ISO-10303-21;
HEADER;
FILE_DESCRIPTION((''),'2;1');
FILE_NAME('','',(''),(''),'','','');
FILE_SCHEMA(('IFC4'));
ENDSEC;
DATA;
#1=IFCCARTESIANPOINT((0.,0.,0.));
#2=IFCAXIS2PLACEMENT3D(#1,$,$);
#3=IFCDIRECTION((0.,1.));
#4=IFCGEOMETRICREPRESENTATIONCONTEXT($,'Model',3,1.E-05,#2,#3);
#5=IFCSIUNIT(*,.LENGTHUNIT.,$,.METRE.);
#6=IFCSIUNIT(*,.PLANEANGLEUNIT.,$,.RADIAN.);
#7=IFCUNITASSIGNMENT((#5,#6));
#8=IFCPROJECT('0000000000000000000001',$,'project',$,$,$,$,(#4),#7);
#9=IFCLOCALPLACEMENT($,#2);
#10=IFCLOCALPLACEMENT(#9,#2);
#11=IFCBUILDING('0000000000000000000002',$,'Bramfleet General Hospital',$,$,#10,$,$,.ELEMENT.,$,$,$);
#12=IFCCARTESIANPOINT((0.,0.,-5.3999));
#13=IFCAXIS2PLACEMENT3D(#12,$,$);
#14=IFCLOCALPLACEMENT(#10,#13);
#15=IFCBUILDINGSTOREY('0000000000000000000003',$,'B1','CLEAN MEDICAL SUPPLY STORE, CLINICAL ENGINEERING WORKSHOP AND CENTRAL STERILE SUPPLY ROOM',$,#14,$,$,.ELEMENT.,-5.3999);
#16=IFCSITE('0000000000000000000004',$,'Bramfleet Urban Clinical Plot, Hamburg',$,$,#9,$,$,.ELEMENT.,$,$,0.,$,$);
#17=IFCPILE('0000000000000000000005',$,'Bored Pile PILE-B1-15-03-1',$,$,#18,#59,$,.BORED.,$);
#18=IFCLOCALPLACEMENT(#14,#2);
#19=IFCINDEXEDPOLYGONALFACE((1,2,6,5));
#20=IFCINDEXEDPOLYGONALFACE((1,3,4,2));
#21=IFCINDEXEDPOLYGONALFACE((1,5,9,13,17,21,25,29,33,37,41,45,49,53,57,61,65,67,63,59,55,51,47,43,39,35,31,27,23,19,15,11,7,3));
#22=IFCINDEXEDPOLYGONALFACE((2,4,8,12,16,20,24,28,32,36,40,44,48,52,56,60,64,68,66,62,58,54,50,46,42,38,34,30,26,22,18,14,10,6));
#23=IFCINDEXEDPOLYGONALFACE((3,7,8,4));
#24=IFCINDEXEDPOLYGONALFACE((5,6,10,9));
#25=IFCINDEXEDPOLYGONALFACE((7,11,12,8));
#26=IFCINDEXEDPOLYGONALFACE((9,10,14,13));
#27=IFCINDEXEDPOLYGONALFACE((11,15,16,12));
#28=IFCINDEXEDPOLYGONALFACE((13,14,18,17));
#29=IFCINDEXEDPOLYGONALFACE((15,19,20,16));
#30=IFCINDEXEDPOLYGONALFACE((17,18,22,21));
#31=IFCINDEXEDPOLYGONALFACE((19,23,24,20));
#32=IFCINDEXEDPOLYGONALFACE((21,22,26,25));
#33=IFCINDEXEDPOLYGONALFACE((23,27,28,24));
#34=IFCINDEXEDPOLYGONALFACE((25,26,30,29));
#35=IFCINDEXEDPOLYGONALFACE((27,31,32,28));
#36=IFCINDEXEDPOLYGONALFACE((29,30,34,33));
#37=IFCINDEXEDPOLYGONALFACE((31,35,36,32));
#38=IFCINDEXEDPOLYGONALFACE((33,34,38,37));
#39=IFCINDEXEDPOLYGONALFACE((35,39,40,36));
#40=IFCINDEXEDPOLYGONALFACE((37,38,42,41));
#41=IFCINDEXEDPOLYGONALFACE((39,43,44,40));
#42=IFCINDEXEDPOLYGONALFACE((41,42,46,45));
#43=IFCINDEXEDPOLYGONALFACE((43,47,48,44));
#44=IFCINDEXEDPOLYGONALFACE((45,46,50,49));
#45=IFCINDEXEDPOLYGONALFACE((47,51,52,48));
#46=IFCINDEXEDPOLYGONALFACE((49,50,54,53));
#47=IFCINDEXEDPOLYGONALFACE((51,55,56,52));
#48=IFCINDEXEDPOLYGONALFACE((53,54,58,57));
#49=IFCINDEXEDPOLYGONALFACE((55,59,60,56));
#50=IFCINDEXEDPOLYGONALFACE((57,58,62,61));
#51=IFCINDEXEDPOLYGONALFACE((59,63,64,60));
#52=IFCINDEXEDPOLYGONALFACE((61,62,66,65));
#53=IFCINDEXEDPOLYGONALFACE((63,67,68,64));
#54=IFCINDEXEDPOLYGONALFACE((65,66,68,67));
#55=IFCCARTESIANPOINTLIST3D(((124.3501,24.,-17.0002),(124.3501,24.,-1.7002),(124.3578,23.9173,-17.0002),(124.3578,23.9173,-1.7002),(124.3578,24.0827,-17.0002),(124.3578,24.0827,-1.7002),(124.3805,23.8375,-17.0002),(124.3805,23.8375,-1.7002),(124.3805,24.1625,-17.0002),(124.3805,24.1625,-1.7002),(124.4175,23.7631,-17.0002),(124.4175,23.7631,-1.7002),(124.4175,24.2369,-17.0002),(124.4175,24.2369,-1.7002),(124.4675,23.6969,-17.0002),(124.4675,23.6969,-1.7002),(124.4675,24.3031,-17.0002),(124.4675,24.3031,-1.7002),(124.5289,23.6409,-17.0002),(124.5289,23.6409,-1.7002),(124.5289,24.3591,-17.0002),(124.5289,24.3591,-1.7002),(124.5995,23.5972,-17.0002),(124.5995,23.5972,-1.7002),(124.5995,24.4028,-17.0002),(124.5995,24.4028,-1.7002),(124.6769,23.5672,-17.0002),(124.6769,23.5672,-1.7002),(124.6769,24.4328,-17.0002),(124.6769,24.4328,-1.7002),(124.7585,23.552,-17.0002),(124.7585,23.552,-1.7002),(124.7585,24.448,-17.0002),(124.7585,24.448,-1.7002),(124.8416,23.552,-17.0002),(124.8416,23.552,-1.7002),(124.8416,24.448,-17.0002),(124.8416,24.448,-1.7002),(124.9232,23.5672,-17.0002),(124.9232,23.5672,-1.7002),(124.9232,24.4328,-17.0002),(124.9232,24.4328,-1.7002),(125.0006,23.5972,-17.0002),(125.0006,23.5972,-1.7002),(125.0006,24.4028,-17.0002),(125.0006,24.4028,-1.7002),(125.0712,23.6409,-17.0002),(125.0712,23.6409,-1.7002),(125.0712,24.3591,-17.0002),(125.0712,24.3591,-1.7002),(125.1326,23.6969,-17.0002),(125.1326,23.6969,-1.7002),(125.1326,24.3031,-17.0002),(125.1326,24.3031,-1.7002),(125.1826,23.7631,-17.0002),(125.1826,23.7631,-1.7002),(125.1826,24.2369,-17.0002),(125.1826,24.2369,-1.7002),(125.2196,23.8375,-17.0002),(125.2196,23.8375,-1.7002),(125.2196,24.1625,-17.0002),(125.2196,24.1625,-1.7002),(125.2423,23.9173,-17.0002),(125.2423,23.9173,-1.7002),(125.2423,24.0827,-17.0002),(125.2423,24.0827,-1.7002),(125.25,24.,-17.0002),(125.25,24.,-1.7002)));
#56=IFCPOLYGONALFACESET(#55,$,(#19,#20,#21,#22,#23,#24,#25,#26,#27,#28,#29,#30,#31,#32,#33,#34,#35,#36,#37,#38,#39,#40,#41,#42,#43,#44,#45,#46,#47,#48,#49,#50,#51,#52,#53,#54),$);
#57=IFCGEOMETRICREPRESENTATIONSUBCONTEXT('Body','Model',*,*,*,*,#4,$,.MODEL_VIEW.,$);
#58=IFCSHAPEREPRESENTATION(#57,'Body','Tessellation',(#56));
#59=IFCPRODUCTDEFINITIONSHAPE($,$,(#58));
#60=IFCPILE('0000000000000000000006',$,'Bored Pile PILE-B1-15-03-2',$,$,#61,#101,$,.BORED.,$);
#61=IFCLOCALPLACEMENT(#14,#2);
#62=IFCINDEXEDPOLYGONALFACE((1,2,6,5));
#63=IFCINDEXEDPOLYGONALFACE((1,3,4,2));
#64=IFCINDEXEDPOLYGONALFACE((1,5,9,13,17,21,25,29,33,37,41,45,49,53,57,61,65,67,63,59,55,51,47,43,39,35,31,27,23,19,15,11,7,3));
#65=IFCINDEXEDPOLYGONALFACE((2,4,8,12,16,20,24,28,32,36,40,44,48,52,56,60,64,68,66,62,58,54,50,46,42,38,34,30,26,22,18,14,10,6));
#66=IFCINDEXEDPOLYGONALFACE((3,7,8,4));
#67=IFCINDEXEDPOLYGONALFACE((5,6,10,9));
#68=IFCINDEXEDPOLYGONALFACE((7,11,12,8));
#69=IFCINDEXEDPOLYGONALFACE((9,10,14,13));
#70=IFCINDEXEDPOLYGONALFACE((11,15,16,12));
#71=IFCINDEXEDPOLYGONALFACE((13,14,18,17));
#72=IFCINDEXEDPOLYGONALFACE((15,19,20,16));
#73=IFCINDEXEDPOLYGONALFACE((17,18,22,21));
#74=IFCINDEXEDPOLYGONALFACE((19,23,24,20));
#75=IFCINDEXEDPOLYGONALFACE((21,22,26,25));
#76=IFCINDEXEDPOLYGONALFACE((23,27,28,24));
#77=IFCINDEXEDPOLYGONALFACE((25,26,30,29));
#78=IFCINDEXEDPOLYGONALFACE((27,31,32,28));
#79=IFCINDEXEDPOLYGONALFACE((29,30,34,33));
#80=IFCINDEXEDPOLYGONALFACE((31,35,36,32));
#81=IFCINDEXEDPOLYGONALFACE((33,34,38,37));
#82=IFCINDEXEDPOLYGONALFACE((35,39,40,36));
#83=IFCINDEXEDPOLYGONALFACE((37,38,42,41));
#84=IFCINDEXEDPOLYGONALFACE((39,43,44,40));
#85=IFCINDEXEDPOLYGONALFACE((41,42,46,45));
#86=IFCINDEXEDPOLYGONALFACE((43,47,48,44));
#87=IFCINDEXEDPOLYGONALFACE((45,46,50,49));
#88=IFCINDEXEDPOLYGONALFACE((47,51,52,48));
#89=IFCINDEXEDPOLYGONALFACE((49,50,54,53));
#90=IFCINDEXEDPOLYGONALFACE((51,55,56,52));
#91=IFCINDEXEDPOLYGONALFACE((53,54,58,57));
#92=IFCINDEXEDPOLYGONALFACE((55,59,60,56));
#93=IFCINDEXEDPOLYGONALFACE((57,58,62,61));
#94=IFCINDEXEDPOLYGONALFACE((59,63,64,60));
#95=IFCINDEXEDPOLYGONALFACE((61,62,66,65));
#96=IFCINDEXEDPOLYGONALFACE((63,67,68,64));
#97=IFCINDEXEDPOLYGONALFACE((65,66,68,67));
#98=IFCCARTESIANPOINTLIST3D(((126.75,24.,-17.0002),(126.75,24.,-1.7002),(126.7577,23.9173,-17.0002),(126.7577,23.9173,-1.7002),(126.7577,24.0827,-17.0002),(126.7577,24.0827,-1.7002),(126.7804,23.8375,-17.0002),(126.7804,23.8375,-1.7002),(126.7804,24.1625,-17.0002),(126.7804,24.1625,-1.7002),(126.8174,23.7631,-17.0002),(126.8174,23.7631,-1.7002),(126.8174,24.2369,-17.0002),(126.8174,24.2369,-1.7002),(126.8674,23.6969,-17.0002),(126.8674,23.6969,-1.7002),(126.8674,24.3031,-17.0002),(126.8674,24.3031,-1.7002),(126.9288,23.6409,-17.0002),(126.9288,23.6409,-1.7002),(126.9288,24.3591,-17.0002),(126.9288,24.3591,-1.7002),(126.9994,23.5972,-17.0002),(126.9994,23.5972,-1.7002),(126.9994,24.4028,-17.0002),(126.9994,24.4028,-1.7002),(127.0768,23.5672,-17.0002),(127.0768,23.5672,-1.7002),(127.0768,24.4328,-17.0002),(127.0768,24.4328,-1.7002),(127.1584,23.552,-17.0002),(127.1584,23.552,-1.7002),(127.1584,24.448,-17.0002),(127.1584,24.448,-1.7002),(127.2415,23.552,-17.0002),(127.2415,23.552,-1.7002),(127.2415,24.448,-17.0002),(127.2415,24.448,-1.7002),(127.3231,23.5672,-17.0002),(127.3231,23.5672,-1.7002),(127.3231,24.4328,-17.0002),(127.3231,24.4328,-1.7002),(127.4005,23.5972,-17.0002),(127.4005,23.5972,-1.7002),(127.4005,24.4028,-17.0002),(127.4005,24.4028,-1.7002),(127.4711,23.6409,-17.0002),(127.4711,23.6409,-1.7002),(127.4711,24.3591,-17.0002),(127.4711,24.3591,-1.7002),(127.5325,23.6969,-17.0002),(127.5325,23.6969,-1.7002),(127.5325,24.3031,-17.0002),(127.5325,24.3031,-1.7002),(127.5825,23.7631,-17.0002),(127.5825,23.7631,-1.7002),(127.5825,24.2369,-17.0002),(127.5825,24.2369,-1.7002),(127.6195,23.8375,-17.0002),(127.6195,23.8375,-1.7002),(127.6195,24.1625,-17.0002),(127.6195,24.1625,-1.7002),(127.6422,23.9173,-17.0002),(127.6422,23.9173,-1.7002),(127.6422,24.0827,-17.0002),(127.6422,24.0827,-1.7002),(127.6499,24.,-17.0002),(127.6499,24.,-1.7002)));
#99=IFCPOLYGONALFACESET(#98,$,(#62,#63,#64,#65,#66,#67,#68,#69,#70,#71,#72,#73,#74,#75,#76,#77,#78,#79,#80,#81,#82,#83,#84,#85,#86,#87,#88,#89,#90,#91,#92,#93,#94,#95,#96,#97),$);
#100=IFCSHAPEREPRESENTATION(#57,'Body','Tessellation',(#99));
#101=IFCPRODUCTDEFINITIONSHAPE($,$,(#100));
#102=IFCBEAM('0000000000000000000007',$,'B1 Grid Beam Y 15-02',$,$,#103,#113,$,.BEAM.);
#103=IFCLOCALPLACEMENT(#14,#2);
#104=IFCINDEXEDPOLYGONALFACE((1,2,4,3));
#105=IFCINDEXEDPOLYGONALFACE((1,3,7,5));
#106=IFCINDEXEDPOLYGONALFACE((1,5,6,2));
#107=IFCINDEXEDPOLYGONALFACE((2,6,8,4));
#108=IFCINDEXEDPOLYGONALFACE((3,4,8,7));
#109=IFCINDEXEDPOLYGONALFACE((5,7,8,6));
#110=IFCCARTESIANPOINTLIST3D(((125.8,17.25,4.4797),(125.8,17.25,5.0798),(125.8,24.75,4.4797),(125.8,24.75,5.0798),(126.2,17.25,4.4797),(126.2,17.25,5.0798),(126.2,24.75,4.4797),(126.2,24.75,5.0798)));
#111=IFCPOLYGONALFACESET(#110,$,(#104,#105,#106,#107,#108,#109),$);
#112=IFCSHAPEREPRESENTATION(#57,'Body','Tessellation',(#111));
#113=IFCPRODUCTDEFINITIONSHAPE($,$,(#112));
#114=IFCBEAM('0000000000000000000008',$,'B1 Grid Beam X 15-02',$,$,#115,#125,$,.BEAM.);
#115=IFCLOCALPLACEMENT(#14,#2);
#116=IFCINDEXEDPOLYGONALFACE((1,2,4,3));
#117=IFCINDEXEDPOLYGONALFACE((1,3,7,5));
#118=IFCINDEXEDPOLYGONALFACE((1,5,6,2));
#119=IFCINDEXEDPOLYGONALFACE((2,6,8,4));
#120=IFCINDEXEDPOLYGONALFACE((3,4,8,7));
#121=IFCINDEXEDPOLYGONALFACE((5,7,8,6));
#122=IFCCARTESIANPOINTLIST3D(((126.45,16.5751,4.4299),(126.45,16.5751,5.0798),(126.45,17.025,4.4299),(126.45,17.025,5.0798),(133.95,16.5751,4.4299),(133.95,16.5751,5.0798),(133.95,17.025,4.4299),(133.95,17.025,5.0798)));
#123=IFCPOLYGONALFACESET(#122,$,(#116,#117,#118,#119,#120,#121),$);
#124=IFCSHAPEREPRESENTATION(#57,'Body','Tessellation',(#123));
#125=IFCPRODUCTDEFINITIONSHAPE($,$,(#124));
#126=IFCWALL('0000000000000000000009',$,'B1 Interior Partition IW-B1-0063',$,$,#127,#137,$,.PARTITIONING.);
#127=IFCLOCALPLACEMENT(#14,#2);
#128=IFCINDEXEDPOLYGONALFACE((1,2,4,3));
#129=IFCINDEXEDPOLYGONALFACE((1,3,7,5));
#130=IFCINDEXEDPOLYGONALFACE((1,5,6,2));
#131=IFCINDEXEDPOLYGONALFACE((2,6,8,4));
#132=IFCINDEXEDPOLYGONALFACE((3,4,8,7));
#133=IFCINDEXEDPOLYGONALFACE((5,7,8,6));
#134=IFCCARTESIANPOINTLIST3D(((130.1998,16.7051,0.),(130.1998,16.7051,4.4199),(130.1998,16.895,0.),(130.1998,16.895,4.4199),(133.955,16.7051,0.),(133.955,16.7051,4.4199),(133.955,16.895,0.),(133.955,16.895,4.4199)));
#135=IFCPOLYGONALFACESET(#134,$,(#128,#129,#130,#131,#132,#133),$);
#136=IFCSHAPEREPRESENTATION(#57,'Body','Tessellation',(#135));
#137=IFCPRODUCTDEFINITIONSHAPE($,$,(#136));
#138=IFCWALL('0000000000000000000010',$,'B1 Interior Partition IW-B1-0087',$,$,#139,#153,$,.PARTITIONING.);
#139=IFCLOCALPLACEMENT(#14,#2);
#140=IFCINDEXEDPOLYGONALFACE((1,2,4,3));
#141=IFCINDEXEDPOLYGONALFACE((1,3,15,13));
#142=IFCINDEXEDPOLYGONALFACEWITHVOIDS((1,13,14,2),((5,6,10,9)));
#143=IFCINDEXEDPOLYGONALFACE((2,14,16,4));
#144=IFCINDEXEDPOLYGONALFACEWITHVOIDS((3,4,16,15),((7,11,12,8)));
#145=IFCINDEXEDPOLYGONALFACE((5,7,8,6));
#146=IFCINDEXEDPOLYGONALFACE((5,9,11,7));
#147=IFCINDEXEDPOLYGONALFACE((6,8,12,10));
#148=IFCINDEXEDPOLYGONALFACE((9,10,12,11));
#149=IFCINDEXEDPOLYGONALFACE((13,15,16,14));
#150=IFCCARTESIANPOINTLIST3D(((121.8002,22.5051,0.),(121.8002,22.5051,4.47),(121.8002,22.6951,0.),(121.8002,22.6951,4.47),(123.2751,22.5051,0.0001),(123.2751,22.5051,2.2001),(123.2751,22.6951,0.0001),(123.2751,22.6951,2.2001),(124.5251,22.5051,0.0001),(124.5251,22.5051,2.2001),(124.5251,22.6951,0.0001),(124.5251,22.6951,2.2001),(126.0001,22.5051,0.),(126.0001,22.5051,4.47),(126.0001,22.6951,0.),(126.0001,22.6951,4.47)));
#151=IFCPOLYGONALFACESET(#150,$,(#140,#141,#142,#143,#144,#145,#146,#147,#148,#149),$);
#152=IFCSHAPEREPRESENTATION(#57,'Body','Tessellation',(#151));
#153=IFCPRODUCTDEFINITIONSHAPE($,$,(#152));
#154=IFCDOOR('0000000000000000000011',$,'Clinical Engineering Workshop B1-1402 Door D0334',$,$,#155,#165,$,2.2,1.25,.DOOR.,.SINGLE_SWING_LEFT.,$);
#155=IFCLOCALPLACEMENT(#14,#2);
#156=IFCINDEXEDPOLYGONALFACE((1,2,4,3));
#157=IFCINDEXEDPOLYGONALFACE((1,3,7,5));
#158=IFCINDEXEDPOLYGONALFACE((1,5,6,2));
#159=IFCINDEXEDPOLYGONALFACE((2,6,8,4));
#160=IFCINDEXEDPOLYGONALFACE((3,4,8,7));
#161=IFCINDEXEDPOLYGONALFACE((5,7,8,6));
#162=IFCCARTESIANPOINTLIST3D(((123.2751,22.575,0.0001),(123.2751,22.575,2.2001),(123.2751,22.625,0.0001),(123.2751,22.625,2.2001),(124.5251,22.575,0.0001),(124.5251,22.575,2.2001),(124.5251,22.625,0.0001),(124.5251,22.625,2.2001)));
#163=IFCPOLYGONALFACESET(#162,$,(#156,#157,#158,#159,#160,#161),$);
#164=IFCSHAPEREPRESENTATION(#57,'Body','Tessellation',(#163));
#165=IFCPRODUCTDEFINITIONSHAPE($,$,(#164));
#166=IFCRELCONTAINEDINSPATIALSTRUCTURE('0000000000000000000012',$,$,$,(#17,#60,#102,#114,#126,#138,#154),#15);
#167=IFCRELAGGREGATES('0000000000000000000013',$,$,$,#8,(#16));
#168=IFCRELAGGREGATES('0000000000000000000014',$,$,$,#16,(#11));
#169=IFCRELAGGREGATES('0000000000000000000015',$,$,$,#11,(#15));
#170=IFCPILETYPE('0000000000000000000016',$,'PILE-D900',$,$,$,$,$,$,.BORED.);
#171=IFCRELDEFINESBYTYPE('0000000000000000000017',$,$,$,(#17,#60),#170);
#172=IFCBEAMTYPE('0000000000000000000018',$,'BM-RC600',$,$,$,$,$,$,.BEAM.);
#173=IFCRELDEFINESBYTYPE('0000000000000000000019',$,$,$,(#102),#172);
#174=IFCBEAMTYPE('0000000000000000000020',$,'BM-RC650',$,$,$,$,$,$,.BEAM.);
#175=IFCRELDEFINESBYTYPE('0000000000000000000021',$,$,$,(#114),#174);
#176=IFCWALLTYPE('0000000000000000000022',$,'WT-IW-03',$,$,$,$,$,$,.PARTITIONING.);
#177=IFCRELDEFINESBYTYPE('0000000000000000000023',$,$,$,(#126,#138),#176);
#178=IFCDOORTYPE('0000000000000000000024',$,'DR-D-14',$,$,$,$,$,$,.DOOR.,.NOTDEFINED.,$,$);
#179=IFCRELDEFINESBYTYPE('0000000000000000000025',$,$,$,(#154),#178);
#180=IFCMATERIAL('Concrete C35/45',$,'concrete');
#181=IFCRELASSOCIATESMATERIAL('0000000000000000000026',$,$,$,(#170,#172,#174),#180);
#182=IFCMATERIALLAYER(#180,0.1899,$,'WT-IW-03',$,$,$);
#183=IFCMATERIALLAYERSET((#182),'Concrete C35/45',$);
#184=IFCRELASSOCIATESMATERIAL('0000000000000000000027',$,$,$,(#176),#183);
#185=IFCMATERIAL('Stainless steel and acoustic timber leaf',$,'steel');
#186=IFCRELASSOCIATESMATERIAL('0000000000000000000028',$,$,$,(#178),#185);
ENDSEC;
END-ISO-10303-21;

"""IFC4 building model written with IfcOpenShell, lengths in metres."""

from ifc_helpers import new_model, si_unit, direction, frame, frame_2d, origin, origin_2d, place, context, subcontext, project, spatial, rectangle, circle, extrude, material, layer, layer_set, material_profile, profile_set, type_object, element, fill, save


model = new_model("IFC4")

# Units and contexts
model_context = context("Model", 3, precision=1e-05, world=origin(), true_north=direction((0.0, 1.0)))
body_context = subcontext(model_context, "Body", "Model", "MODEL_VIEW")
ifc_project = project(units=[si_unit("LENGTHUNIT", "METRE"), si_unit("PLANEANGLEUNIT", "RADIAN")], contexts=[model_context])

# Site, building, storey
site_placement = place(None, origin())
site = spatial("IfcSite", under=ifc_project, at=site_placement, Name="Bramfleet Urban Clinical Plot, Hamburg", CompositionType="ELEMENT", RefElevation=0.0)
building_placement = place(site_placement, origin())
building = spatial("IfcBuilding", under=site, at=building_placement, Name="Bramfleet General Hospital", CompositionType="ELEMENT")
storey_placement = place(building_placement, frame((0.0, 0.0, -5.3999)))
storey = spatial("IfcBuildingStorey", under=building, at=storey_placement, Name="B1", Description="CLEAN MEDICAL SUPPLY STORE, CLINICAL ENGINEERING WORKSHOP AND CENTRAL STERILE SUPPLY ROOM", CompositionType="ELEMENT", Elevation=-5.3999)

# Shared definitions
ifc_material_1 = material(Name="Concrete C35/45", Category="concrete")

# Piles
ifc_material_profile_1 = material_profile(ifc_material_1, circle(Radius=0.45, at=origin_2d()), Name="PILE BORED D900")
ifc_profile_set_1 = profile_set([ifc_material_profile_1], Name="Concrete C35/45")
pile_type = type_object("IfcPileType", Name="PILE-D900", PredefinedType="BORED", material=ifc_profile_set_1)
for number, where, z_axis, x_axis, name in (
    (1, (124.8, 24.0, -1.7002), (0.0, 0.0, -1.0), (1.0, 0.0, 0.0), "Bored Pile PILE-B1-15-03-1"),
    (2, (127.2, 24.0, -1.7002), (0.0, 0.0, -1.0), (1.0, 0.0, 0.0), "Bored Pile PILE-B1-15-03-2"),
):
    element("IfcPile", number, at=place(storey_placement, frame(where, z_axis=z_axis, x_axis=x_axis)), inside=storey, type_object=pile_type, Name=name, PredefinedType="BORED", context=body_context, shape_type="SweptSolid", body=[
        extrude(circle(Radius=0.45, at=origin_2d()), origin(), (0.0, 0.0, 1.0), 15.3),
    ])

# Beams
ifc_material_profile_2 = material_profile(ifc_material_1, rectangle(XDim=0.3999, YDim=0.6001, at=origin_2d()), Name="RC BM 600x400")
ifc_profile_set_2 = profile_set([ifc_material_profile_2], Name="Concrete C35/45")
beam_type_1 = type_object("IfcBeamType", Name="BM-RC600", PredefinedType="BEAM", material=ifc_profile_set_2)
beam_1_placement = place(storey_placement, frame((126.0, 17.25, 4.7798), z_axis=(0.0, 1.0, 0.0), x_axis=(-1.0, 0.0, 0.0)))
element("IfcBeam", 3, at=beam_1_placement, inside=storey, type_object=beam_type_1, Name="B1 Grid Beam Y 15-02", PredefinedType="BEAM", context=body_context, shape_type="SweptSolid", body=[
    extrude(rectangle(XDim=0.3999, YDim=0.6001, at=origin_2d()), origin(), (0.0, 0.0, 1.0), 7.5),
])
ifc_material_profile_3 = material_profile(ifc_material_1, rectangle(XDim=0.45, YDim=0.6499, at=origin_2d()), Name="RC BM 650x450")
ifc_profile_set_3 = profile_set([ifc_material_profile_3], Name="Concrete C35/45")
beam_type_2 = type_object("IfcBeamType", Name="BM-RC650", PredefinedType="BEAM", material=ifc_profile_set_3)
beam_2_placement = place(storey_placement, frame((126.45, 16.8, 4.7549), z_axis=(1.0, 0.0, 0.0), x_axis=(0.0, 1.0, 0.0)))
element("IfcBeam", 4, at=beam_2_placement, inside=storey, type_object=beam_type_2, Name="B1 Grid Beam X 15-02", PredefinedType="BEAM", context=body_context, shape_type="SweptSolid", body=[
    extrude(rectangle(XDim=0.45, YDim=0.6499, at=origin_2d()), origin(), (0.0, 0.0, 1.0), 7.5),
])

# Wall
ifc_layer_1 = layer(ifc_material_1, 0.1899, Name="WT-IW-03")
ifc_layer_set_1 = layer_set([ifc_layer_1], Name="Concrete C35/45")
wall_type_1 = type_object("IfcWallType", Name="WT-IW-03", PredefinedType="PARTITIONING", material=ifc_layer_set_1)
wall_1_placement = place(storey_placement, frame((130.2, 16.8, 0.0), z_axis=(0.0, 0.0, 1.0), x_axis=(1.0, 0.0, 0.0)))
element("IfcWall", 5, at=wall_1_placement, inside=storey, type_object=wall_type_1, Name="B1 Interior Partition IW-B1-0063", PredefinedType="PARTITIONING", context=body_context, shape_type="SweptSolid", body=[
    extrude(rectangle(XDim=3.7551, YDim=0.1899, at=frame_2d((1.8774, 0.0))), origin(), (0.0, 0.0, 1.0), 4.4199),
])

# Wall, opening, door
wall_2_placement = place(storey_placement, frame((121.8, 22.6001, 0.0), z_axis=(0.0, 0.0, 1.0), x_axis=(1.0, 0.0, 0.0)))
wall_2 = element("IfcWall", 6, at=wall_2_placement, inside=storey, type_object=wall_type_1, Name="B1 Interior Partition IW-B1-0087", PredefinedType="PARTITIONING", context=body_context, shape_type="SweptSolid", body=[
    extrude(rectangle(XDim=4.2, YDim=0.1899, at=frame_2d((2.1001, 0.0))), origin(), (0.0, 0.0, 1.0), 4.47),
])
opening_1_placement = place(wall_2_placement, frame((1.4751, 0.0, 0.0)))
opening_1 = element("IfcOpeningElement", 7, at=opening_1_placement, cuts=wall_2, PredefinedType="OPENING", context=body_context, shape_type="SweptSolid", body=[
    extrude(rectangle(XDim=1.25, YDim=2.2, at=frame_2d((0.625, 1.1001))), frame((0.0, 0.105, 0.0), z_axis=(0.0, -1.0, 0.0), x_axis=(1.0, 0.0, 0.0)), (0.0, 0.0, 1.0), 0.21),
])
ifc_material_2 = material(Name="Stainless steel and acoustic timber leaf", Category="steel")
door_type_1 = type_object("IfcDoorType", Name="DR-D-14", OperationType="NOTDEFINED", PredefinedType="DOOR", material=ifc_material_2)
door_1_placement = place(opening_1_placement, origin())
door_1 = element("IfcDoor", 8, at=door_1_placement, inside=storey, type_object=door_type_1, Name="Clinical Engineering Workshop B1-1402 Door D0334", OperationType="SINGLE_SWING_LEFT", OverallHeight=2.2, OverallWidth=1.25, PredefinedType="DOOR", context=body_context, shape_type="SweptSolid", body=[
    extrude(rectangle(XDim=1.25, YDim=2.2, at=frame_2d((0.625, 1.1001))), frame((0.0, 0.0249, 0.0), z_axis=(0.0, -1.0, 0.0), x_axis=(1.0, 0.0, 0.0)), (0.0, 0.0, 1.0), 0.05),
])
fill(opening_1, door_1)

save(model, "model.ifc")
